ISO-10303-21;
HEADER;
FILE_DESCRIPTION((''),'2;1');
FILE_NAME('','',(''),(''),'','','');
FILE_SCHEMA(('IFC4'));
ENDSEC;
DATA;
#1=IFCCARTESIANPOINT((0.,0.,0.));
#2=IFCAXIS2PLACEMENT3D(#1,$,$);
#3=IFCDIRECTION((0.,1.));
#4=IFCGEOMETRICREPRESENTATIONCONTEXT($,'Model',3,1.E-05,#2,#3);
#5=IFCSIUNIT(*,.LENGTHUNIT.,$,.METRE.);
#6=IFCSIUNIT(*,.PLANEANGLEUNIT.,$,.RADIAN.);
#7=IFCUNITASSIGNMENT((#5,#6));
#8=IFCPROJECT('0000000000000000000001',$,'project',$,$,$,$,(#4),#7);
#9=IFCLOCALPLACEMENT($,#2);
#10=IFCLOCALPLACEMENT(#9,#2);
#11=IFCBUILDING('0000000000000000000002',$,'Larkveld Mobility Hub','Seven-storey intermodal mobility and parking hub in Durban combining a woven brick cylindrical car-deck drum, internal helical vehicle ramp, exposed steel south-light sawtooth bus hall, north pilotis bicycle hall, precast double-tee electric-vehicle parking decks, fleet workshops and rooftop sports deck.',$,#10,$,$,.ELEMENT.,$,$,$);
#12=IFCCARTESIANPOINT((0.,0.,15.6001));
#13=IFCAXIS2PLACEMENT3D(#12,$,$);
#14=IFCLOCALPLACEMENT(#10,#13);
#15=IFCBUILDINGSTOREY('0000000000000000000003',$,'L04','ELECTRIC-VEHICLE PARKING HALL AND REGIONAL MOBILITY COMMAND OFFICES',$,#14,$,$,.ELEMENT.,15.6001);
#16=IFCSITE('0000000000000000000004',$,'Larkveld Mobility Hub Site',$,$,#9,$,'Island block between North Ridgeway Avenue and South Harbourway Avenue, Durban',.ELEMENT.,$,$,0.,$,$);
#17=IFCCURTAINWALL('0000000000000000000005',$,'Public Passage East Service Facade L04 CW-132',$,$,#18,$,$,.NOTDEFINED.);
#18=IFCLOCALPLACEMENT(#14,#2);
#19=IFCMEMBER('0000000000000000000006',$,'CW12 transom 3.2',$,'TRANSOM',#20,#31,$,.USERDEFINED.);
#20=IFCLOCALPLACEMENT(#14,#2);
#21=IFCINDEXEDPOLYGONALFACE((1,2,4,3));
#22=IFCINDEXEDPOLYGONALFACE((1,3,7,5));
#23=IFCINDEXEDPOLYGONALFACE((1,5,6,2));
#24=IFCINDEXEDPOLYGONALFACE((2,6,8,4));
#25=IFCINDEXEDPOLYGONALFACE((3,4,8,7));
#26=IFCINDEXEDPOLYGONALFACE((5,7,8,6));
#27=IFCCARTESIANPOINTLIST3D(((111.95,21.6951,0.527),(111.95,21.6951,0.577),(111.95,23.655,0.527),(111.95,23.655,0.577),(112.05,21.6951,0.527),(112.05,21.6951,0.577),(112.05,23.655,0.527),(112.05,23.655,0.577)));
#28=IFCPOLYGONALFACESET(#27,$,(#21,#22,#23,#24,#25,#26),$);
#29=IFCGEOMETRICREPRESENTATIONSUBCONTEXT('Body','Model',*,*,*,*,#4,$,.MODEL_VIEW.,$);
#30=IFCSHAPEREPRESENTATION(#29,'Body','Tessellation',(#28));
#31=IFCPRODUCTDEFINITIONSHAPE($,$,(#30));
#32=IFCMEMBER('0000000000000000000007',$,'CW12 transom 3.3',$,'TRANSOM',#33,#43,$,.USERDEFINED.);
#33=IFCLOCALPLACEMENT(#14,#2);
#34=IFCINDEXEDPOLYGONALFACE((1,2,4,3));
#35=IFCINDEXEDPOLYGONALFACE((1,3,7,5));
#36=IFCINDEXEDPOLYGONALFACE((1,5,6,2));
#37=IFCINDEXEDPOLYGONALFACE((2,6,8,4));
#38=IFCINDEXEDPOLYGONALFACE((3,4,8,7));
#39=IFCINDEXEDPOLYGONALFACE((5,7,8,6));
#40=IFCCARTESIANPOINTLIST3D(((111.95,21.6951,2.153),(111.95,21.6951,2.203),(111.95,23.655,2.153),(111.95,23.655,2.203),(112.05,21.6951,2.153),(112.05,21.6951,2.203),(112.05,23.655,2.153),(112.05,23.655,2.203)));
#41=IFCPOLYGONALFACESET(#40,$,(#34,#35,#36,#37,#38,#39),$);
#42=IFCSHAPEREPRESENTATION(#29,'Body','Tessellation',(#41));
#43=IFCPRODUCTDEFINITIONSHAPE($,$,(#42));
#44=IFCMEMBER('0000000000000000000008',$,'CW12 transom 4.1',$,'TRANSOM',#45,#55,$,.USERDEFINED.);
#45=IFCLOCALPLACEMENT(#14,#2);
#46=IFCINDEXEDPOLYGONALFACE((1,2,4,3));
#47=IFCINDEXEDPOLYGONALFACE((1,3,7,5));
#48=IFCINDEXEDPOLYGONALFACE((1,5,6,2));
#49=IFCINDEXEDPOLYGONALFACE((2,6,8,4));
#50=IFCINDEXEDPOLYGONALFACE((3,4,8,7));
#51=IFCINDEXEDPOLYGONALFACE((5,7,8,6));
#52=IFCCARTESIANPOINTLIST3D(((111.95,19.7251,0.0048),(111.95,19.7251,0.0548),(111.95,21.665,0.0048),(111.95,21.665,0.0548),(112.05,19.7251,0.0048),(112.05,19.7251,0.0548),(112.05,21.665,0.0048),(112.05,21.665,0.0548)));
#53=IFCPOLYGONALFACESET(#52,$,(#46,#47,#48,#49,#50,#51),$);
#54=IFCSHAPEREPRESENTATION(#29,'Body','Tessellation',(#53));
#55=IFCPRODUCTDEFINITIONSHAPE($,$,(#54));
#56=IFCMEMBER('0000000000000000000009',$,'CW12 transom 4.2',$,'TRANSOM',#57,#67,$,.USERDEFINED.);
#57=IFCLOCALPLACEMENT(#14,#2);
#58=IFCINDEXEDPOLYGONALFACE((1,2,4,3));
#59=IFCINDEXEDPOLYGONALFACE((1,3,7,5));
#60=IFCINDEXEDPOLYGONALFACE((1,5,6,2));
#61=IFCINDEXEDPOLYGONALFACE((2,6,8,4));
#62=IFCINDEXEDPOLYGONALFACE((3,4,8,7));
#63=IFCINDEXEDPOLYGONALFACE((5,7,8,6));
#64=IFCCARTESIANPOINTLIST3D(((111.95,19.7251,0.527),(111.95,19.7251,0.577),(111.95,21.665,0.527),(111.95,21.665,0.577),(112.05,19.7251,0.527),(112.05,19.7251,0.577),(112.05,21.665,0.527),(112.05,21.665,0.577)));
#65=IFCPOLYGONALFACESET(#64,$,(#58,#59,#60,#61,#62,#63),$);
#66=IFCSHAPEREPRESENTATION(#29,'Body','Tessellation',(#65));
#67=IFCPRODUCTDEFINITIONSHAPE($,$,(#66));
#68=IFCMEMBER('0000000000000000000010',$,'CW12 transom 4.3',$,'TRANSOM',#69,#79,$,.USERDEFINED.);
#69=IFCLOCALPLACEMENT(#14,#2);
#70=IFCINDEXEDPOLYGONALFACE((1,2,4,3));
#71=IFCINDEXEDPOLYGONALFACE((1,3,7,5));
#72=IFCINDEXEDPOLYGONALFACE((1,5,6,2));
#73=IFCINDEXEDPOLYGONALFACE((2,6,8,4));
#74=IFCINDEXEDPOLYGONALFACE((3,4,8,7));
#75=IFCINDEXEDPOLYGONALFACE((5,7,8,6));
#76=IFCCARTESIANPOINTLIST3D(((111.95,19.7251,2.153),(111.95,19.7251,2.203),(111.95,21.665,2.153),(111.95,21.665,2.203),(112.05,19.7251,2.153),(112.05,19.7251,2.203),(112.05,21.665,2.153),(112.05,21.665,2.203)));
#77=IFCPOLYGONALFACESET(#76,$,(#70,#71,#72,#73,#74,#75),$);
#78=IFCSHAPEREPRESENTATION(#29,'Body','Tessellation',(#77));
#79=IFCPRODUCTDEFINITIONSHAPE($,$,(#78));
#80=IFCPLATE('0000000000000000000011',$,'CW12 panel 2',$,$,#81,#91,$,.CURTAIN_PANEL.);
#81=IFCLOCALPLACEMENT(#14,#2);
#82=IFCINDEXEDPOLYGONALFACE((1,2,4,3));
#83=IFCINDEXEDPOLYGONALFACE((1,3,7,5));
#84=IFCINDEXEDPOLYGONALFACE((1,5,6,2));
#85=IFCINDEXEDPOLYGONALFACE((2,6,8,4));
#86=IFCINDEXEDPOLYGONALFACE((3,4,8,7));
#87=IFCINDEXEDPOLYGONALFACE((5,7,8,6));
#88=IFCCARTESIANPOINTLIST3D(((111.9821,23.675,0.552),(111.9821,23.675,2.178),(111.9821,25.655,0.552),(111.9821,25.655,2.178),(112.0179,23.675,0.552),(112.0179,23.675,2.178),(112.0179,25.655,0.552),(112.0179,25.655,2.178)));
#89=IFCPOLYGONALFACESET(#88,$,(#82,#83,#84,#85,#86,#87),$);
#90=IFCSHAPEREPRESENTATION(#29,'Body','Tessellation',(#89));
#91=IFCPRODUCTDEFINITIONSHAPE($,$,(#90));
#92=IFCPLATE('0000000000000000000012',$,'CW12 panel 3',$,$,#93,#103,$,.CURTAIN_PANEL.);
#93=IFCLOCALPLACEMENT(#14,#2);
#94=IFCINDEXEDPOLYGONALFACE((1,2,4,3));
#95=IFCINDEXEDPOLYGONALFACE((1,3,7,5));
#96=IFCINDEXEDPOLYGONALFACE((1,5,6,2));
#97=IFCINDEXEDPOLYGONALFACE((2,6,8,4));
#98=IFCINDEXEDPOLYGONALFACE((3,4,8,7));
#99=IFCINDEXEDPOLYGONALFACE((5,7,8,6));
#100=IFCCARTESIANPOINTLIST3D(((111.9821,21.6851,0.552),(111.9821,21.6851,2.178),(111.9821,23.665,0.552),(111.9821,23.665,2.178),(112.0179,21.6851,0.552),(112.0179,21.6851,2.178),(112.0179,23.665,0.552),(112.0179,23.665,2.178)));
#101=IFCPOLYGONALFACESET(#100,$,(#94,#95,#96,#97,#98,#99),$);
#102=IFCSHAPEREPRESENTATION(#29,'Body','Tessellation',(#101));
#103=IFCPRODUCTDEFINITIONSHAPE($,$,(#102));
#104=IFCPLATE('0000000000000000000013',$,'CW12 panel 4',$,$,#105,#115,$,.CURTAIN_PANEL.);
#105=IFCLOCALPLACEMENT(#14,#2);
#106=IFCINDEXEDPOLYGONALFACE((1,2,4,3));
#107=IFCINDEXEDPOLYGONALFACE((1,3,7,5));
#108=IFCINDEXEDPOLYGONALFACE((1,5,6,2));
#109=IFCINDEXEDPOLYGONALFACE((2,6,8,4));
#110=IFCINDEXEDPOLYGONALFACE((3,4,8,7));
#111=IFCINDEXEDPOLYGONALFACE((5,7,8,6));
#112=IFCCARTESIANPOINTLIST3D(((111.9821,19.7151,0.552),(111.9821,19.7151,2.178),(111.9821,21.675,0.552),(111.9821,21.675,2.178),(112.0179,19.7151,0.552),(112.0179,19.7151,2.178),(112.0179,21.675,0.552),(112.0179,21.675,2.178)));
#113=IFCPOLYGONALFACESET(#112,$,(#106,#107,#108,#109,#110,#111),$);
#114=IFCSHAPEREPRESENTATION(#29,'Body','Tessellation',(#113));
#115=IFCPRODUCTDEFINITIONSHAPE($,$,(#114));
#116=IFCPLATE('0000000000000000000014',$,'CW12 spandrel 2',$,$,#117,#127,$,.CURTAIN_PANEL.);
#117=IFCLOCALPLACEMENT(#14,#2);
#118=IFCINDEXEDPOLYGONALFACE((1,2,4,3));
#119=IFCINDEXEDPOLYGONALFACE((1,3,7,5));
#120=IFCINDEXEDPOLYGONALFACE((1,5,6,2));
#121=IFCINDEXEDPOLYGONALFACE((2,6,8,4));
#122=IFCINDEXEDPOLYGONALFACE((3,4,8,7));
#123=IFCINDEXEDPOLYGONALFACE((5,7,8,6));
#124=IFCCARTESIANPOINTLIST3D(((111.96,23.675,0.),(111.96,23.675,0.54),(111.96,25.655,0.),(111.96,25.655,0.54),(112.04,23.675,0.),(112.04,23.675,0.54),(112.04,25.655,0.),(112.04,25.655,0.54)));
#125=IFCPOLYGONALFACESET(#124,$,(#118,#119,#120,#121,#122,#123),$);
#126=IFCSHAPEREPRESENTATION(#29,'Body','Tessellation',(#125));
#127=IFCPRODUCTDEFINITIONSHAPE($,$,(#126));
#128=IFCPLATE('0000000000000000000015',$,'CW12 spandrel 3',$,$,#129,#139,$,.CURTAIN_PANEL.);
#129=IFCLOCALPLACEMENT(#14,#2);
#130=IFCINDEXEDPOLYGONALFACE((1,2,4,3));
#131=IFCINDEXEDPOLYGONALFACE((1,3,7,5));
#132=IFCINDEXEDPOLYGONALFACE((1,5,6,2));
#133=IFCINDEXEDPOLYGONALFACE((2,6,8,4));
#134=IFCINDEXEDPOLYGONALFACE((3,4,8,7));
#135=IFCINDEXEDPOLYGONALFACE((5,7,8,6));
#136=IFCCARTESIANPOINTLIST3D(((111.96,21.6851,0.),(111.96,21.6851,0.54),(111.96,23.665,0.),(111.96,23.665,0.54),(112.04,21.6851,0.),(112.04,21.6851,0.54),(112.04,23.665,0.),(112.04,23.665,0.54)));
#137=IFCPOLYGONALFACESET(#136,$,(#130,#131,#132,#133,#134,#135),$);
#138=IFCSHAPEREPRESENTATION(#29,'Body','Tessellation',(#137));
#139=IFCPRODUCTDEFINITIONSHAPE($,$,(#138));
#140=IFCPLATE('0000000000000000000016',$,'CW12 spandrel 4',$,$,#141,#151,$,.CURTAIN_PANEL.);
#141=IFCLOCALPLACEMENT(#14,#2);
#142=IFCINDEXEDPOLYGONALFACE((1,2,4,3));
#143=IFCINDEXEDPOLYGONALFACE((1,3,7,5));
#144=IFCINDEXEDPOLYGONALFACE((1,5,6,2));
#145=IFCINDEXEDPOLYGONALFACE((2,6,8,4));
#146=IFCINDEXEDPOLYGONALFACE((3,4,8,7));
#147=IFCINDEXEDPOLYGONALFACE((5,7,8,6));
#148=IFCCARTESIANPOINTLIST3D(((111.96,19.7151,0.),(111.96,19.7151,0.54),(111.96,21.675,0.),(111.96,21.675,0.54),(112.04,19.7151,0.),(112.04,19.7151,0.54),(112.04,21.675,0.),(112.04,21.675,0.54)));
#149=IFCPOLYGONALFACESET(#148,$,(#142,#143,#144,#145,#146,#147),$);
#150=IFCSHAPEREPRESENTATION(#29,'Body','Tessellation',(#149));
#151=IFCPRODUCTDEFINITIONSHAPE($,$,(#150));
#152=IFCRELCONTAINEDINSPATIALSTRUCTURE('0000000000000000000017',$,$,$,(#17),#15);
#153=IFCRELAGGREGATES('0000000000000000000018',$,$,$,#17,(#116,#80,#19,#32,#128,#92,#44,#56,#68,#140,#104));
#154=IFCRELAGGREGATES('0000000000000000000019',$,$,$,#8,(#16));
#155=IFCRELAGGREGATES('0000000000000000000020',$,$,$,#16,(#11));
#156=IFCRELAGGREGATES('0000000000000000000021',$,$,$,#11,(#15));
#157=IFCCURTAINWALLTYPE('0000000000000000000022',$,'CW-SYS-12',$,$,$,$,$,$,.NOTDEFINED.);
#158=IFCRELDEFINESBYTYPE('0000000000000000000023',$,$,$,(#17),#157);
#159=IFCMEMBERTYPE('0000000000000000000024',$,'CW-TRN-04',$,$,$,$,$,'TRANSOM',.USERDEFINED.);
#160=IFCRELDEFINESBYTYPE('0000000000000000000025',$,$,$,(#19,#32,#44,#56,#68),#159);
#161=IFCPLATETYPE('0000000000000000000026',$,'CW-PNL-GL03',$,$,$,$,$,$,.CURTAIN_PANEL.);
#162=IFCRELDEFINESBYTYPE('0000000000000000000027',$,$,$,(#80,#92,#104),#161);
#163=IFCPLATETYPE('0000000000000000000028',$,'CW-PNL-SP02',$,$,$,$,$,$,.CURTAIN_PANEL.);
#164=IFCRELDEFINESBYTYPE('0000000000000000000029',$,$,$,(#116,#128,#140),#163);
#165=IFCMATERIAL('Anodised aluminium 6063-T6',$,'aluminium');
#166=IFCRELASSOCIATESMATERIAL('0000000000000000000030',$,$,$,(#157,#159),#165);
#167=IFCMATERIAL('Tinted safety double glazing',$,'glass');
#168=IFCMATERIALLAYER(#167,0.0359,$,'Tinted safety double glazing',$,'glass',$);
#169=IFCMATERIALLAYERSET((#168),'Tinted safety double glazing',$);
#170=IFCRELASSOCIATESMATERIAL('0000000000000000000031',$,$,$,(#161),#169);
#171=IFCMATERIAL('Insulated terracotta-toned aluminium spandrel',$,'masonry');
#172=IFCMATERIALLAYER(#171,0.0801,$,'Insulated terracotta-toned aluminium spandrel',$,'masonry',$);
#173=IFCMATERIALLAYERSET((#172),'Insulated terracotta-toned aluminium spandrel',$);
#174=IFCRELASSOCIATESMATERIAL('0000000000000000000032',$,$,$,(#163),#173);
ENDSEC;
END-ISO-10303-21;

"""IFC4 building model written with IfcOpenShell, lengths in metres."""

from ifc_helpers import new_model, si_unit, direction, frame, origin, origin_2d, place, context, subcontext, project, spatial, rectangle, extrude, material, layer, layer_set, material_profile, profile_set, type_object, element, aggregate, save


model = new_model("IFC4")

# Units and contexts
model_context = context("Model", 3, precision=1e-05, world=origin(), true_north=direction((0.0, 1.0)))
body_context = subcontext(model_context, "Body", "Model", "MODEL_VIEW")
ifc_project = project(units=[si_unit("LENGTHUNIT", "METRE"), si_unit("PLANEANGLEUNIT", "RADIAN")], contexts=[model_context])

# Site, building, storey
site_placement = place(None, origin())
site = spatial("IfcSite", under=ifc_project, at=site_placement, Name="Larkveld Mobility Hub Site", LongName="Island block between North Ridgeway Avenue and South Harbourway Avenue, Durban", CompositionType="ELEMENT", RefElevation=0.0)
building_placement = place(site_placement, origin())
building = spatial("IfcBuilding", under=site, at=building_placement, Name="Larkveld Mobility Hub", Description="Seven-storey intermodal mobility and parking hub in Durban combining a woven brick cylindrical car-deck drum, internal helical vehicle ramp, exposed steel south-light sawtooth bus hall, north pilotis bicycle hall, precast double-tee electric-vehicle parking decks, fleet workshops and rooftop sports deck.", CompositionType="ELEMENT")
storey_placement = place(building_placement, frame((0.0, 0.0, 15.6001)))
storey = spatial("IfcBuildingStorey", under=building, at=storey_placement, Name="L04", Description="ELECTRIC-VEHICLE PARKING HALL AND REGIONAL MOBILITY COMMAND OFFICES", CompositionType="ELEMENT", Elevation=15.6001)

# Shared definitions
ifc_material_1 = material(Name="Anodised aluminium 6063-T6", Category="aluminium")

# Curtain wall
curtain_wall_type_1 = type_object("IfcCurtainWallType", Name="CW-SYS-12", PredefinedType="NOTDEFINED", material=ifc_material_1)
curtain_wall_1_placement = place(storey_placement, origin())
curtain_wall_1 = element("IfcCurtainWall", 1, at=curtain_wall_1_placement, inside=storey, type_object=curtain_wall_type_1, Name="Public Passage East Service Facade L04 CW-132", PredefinedType="NOTDEFINED")

# Members
ifc_material_profile_1 = material_profile(ifc_material_1, rectangle(XDim=0.1001, YDim=0.05, at=origin_2d()), Name="ALU TRAN 50x100")
ifc_profile_set_1 = profile_set([ifc_material_profile_1], Name="Anodised aluminium 6063-T6")
member_type_1 = type_object("IfcMemberType", Name="CW-TRN-04", ElementType="TRANSOM", PredefinedType="USERDEFINED", material=ifc_profile_set_1)
member_1_placement = place(storey_placement, frame((112.0, 23.655, 0.552), z_axis=(0.0, -1.0, 0.0), x_axis=(1.0, 0.0, 0.0)))
member_1 = element("IfcMember", 2, at=member_1_placement, type_object=member_type_1, Name="CW12 transom 3.2", ObjectType="TRANSOM", PredefinedType="USERDEFINED", context=body_context, shape_type="SweptSolid", body=[
    extrude(rectangle(XDim=0.1001, YDim=0.05, at=origin_2d()), origin(), (0.0, 0.0, 1.0), 1.96),
])
member_2_placement = place(storey_placement, frame((112.0, 23.655, 2.178), z_axis=(0.0, -1.0, 0.0), x_axis=(1.0, 0.0, 0.0)))
member_2 = element("IfcMember", 3, at=member_2_placement, type_object=member_type_1, Name="CW12 transom 3.3", ObjectType="TRANSOM", PredefinedType="USERDEFINED", context=body_context, shape_type="SweptSolid", body=[
    extrude(rectangle(XDim=0.1001, YDim=0.05, at=origin_2d()), origin(), (0.0, 0.0, 1.0), 1.96),
])
member_3_placement = place(storey_placement, frame((112.0, 21.665, 0.0298), z_axis=(0.0, -1.0, 0.0), x_axis=(1.0, 0.0, 0.0)))
member_3 = element("IfcMember", 4, at=member_3_placement, type_object=member_type_1, Name="CW12 transom 4.1", ObjectType="TRANSOM", PredefinedType="USERDEFINED", context=body_context, shape_type="SweptSolid", body=[
    extrude(rectangle(XDim=0.1001, YDim=0.05, at=origin_2d()), origin(), (0.0, 0.0, 1.0), 1.9399),
])
member_4_placement = place(storey_placement, frame((112.0, 21.665, 0.552), z_axis=(0.0, -1.0, 0.0), x_axis=(1.0, 0.0, 0.0)))
member_4 = element("IfcMember", 5, at=member_4_placement, type_object=member_type_1, Name="CW12 transom 4.2", ObjectType="TRANSOM", PredefinedType="USERDEFINED", context=body_context, shape_type="SweptSolid", body=[
    extrude(rectangle(XDim=0.1001, YDim=0.05, at=origin_2d()), origin(), (0.0, 0.0, 1.0), 1.9399),
])
member_5_placement = place(storey_placement, frame((112.0, 21.665, 2.178), z_axis=(0.0, -1.0, 0.0), x_axis=(1.0, 0.0, 0.0)))
member_5 = element("IfcMember", 6, at=member_5_placement, type_object=member_type_1, Name="CW12 transom 4.3", ObjectType="TRANSOM", PredefinedType="USERDEFINED", context=body_context, shape_type="SweptSolid", body=[
    extrude(rectangle(XDim=0.1001, YDim=0.05, at=origin_2d()), origin(), (0.0, 0.0, 1.0), 1.9399),
])

# Plates
ifc_material_2 = material(Name="Tinted safety double glazing", Category="glass")
ifc_layer_1 = layer(ifc_material_2, 0.0359, Name="Tinted safety double glazing", Category="glass")
ifc_layer_set_1 = layer_set([ifc_layer_1], Name="Tinted safety double glazing")
plate_type_1 = type_object("IfcPlateType", Name="CW-PNL-GL03", PredefinedType="CURTAIN_PANEL", material=ifc_layer_set_1)
plate_1_placement = place(storey_placement, frame((112.0, 24.665, 0.552), z_axis=(0.0, 0.0, 1.0), x_axis=(0.0, -1.0, 0.0)))
plate_1 = element("IfcPlate", 7, at=plate_1_placement, type_object=plate_type_1, Name="CW12 panel 2", PredefinedType="CURTAIN_PANEL", context=body_context, shape_type="SweptSolid", body=[
    extrude(rectangle(XDim=1.98, YDim=0.0359, at=origin_2d()), origin(), (0.0, 0.0, 1.0), 1.626),
])
plate_2_placement = place(storey_placement, frame((112.0, 22.675, 0.552), z_axis=(0.0, 0.0, 1.0), x_axis=(0.0, -1.0, 0.0)))
plate_2 = element("IfcPlate", 8, at=plate_2_placement, type_object=plate_type_1, Name="CW12 panel 3", PredefinedType="CURTAIN_PANEL", context=body_context, shape_type="SweptSolid", body=[
    extrude(rectangle(XDim=1.98, YDim=0.0359, at=origin_2d()), origin(), (0.0, 0.0, 1.0), 1.626),
])
plate_3_placement = place(storey_placement, frame((112.0, 20.6951, 0.552), z_axis=(0.0, 0.0, 1.0), x_axis=(0.0, -1.0, 0.0)))
plate_3 = element("IfcPlate", 9, at=plate_3_placement, type_object=plate_type_1, Name="CW12 panel 4", PredefinedType="CURTAIN_PANEL", context=body_context, shape_type="SweptSolid", body=[
    extrude(rectangle(XDim=1.96, YDim=0.0359, at=origin_2d()), origin(), (0.0, 0.0, 1.0), 1.626),
])
ifc_material_3 = material(Name="Insulated terracotta-toned aluminium spandrel", Category="masonry")
ifc_layer_2 = layer(ifc_material_3, 0.0801, Name="Insulated terracotta-toned aluminium spandrel", Category="masonry")
ifc_layer_set_2 = layer_set([ifc_layer_2], Name="Insulated terracotta-toned aluminium spandrel")
plate_type_2 = type_object("IfcPlateType", Name="CW-PNL-SP02", PredefinedType="CURTAIN_PANEL", material=ifc_layer_set_2)
plate_4_placement = place(storey_placement, frame((112.0, 24.665, 0.0), z_axis=(0.0, 0.0, 1.0), x_axis=(0.0, -1.0, 0.0)))
plate_4 = element("IfcPlate", 10, at=plate_4_placement, type_object=plate_type_2, Name="CW12 spandrel 2", PredefinedType="CURTAIN_PANEL", context=body_context, shape_type="SweptSolid", body=[
    extrude(rectangle(XDim=1.98, YDim=0.0801, at=origin_2d()), origin(), (0.0, 0.0, 1.0), 0.54),
])
plate_5_placement = place(storey_placement, frame((112.0, 22.675, 0.0), z_axis=(0.0, 0.0, 1.0), x_axis=(0.0, -1.0, 0.0)))
plate_5 = element("IfcPlate", 11, at=plate_5_placement, type_object=plate_type_2, Name="CW12 spandrel 3", PredefinedType="CURTAIN_PANEL", context=body_context, shape_type="SweptSolid", body=[
    extrude(rectangle(XDim=1.98, YDim=0.0801, at=origin_2d()), origin(), (0.0, 0.0, 1.0), 0.54),
])
plate_6_placement = place(storey_placement, frame((112.0, 20.6951, 0.0), z_axis=(0.0, 0.0, 1.0), x_axis=(0.0, -1.0, 0.0)))
plate_6 = element("IfcPlate", 12, at=plate_6_placement, type_object=plate_type_2, Name="CW12 spandrel 4", PredefinedType="CURTAIN_PANEL", context=body_context, shape_type="SweptSolid", body=[
    extrude(rectangle(XDim=1.96, YDim=0.0801, at=origin_2d()), origin(), (0.0, 0.0, 1.0), 0.54),
])
aggregate(curtain_wall_1, [plate_4, plate_1, member_1, member_2, plate_5, plate_2, member_3, member_4, member_5, plate_6, plate_3])

save(model, "model.ifc")
